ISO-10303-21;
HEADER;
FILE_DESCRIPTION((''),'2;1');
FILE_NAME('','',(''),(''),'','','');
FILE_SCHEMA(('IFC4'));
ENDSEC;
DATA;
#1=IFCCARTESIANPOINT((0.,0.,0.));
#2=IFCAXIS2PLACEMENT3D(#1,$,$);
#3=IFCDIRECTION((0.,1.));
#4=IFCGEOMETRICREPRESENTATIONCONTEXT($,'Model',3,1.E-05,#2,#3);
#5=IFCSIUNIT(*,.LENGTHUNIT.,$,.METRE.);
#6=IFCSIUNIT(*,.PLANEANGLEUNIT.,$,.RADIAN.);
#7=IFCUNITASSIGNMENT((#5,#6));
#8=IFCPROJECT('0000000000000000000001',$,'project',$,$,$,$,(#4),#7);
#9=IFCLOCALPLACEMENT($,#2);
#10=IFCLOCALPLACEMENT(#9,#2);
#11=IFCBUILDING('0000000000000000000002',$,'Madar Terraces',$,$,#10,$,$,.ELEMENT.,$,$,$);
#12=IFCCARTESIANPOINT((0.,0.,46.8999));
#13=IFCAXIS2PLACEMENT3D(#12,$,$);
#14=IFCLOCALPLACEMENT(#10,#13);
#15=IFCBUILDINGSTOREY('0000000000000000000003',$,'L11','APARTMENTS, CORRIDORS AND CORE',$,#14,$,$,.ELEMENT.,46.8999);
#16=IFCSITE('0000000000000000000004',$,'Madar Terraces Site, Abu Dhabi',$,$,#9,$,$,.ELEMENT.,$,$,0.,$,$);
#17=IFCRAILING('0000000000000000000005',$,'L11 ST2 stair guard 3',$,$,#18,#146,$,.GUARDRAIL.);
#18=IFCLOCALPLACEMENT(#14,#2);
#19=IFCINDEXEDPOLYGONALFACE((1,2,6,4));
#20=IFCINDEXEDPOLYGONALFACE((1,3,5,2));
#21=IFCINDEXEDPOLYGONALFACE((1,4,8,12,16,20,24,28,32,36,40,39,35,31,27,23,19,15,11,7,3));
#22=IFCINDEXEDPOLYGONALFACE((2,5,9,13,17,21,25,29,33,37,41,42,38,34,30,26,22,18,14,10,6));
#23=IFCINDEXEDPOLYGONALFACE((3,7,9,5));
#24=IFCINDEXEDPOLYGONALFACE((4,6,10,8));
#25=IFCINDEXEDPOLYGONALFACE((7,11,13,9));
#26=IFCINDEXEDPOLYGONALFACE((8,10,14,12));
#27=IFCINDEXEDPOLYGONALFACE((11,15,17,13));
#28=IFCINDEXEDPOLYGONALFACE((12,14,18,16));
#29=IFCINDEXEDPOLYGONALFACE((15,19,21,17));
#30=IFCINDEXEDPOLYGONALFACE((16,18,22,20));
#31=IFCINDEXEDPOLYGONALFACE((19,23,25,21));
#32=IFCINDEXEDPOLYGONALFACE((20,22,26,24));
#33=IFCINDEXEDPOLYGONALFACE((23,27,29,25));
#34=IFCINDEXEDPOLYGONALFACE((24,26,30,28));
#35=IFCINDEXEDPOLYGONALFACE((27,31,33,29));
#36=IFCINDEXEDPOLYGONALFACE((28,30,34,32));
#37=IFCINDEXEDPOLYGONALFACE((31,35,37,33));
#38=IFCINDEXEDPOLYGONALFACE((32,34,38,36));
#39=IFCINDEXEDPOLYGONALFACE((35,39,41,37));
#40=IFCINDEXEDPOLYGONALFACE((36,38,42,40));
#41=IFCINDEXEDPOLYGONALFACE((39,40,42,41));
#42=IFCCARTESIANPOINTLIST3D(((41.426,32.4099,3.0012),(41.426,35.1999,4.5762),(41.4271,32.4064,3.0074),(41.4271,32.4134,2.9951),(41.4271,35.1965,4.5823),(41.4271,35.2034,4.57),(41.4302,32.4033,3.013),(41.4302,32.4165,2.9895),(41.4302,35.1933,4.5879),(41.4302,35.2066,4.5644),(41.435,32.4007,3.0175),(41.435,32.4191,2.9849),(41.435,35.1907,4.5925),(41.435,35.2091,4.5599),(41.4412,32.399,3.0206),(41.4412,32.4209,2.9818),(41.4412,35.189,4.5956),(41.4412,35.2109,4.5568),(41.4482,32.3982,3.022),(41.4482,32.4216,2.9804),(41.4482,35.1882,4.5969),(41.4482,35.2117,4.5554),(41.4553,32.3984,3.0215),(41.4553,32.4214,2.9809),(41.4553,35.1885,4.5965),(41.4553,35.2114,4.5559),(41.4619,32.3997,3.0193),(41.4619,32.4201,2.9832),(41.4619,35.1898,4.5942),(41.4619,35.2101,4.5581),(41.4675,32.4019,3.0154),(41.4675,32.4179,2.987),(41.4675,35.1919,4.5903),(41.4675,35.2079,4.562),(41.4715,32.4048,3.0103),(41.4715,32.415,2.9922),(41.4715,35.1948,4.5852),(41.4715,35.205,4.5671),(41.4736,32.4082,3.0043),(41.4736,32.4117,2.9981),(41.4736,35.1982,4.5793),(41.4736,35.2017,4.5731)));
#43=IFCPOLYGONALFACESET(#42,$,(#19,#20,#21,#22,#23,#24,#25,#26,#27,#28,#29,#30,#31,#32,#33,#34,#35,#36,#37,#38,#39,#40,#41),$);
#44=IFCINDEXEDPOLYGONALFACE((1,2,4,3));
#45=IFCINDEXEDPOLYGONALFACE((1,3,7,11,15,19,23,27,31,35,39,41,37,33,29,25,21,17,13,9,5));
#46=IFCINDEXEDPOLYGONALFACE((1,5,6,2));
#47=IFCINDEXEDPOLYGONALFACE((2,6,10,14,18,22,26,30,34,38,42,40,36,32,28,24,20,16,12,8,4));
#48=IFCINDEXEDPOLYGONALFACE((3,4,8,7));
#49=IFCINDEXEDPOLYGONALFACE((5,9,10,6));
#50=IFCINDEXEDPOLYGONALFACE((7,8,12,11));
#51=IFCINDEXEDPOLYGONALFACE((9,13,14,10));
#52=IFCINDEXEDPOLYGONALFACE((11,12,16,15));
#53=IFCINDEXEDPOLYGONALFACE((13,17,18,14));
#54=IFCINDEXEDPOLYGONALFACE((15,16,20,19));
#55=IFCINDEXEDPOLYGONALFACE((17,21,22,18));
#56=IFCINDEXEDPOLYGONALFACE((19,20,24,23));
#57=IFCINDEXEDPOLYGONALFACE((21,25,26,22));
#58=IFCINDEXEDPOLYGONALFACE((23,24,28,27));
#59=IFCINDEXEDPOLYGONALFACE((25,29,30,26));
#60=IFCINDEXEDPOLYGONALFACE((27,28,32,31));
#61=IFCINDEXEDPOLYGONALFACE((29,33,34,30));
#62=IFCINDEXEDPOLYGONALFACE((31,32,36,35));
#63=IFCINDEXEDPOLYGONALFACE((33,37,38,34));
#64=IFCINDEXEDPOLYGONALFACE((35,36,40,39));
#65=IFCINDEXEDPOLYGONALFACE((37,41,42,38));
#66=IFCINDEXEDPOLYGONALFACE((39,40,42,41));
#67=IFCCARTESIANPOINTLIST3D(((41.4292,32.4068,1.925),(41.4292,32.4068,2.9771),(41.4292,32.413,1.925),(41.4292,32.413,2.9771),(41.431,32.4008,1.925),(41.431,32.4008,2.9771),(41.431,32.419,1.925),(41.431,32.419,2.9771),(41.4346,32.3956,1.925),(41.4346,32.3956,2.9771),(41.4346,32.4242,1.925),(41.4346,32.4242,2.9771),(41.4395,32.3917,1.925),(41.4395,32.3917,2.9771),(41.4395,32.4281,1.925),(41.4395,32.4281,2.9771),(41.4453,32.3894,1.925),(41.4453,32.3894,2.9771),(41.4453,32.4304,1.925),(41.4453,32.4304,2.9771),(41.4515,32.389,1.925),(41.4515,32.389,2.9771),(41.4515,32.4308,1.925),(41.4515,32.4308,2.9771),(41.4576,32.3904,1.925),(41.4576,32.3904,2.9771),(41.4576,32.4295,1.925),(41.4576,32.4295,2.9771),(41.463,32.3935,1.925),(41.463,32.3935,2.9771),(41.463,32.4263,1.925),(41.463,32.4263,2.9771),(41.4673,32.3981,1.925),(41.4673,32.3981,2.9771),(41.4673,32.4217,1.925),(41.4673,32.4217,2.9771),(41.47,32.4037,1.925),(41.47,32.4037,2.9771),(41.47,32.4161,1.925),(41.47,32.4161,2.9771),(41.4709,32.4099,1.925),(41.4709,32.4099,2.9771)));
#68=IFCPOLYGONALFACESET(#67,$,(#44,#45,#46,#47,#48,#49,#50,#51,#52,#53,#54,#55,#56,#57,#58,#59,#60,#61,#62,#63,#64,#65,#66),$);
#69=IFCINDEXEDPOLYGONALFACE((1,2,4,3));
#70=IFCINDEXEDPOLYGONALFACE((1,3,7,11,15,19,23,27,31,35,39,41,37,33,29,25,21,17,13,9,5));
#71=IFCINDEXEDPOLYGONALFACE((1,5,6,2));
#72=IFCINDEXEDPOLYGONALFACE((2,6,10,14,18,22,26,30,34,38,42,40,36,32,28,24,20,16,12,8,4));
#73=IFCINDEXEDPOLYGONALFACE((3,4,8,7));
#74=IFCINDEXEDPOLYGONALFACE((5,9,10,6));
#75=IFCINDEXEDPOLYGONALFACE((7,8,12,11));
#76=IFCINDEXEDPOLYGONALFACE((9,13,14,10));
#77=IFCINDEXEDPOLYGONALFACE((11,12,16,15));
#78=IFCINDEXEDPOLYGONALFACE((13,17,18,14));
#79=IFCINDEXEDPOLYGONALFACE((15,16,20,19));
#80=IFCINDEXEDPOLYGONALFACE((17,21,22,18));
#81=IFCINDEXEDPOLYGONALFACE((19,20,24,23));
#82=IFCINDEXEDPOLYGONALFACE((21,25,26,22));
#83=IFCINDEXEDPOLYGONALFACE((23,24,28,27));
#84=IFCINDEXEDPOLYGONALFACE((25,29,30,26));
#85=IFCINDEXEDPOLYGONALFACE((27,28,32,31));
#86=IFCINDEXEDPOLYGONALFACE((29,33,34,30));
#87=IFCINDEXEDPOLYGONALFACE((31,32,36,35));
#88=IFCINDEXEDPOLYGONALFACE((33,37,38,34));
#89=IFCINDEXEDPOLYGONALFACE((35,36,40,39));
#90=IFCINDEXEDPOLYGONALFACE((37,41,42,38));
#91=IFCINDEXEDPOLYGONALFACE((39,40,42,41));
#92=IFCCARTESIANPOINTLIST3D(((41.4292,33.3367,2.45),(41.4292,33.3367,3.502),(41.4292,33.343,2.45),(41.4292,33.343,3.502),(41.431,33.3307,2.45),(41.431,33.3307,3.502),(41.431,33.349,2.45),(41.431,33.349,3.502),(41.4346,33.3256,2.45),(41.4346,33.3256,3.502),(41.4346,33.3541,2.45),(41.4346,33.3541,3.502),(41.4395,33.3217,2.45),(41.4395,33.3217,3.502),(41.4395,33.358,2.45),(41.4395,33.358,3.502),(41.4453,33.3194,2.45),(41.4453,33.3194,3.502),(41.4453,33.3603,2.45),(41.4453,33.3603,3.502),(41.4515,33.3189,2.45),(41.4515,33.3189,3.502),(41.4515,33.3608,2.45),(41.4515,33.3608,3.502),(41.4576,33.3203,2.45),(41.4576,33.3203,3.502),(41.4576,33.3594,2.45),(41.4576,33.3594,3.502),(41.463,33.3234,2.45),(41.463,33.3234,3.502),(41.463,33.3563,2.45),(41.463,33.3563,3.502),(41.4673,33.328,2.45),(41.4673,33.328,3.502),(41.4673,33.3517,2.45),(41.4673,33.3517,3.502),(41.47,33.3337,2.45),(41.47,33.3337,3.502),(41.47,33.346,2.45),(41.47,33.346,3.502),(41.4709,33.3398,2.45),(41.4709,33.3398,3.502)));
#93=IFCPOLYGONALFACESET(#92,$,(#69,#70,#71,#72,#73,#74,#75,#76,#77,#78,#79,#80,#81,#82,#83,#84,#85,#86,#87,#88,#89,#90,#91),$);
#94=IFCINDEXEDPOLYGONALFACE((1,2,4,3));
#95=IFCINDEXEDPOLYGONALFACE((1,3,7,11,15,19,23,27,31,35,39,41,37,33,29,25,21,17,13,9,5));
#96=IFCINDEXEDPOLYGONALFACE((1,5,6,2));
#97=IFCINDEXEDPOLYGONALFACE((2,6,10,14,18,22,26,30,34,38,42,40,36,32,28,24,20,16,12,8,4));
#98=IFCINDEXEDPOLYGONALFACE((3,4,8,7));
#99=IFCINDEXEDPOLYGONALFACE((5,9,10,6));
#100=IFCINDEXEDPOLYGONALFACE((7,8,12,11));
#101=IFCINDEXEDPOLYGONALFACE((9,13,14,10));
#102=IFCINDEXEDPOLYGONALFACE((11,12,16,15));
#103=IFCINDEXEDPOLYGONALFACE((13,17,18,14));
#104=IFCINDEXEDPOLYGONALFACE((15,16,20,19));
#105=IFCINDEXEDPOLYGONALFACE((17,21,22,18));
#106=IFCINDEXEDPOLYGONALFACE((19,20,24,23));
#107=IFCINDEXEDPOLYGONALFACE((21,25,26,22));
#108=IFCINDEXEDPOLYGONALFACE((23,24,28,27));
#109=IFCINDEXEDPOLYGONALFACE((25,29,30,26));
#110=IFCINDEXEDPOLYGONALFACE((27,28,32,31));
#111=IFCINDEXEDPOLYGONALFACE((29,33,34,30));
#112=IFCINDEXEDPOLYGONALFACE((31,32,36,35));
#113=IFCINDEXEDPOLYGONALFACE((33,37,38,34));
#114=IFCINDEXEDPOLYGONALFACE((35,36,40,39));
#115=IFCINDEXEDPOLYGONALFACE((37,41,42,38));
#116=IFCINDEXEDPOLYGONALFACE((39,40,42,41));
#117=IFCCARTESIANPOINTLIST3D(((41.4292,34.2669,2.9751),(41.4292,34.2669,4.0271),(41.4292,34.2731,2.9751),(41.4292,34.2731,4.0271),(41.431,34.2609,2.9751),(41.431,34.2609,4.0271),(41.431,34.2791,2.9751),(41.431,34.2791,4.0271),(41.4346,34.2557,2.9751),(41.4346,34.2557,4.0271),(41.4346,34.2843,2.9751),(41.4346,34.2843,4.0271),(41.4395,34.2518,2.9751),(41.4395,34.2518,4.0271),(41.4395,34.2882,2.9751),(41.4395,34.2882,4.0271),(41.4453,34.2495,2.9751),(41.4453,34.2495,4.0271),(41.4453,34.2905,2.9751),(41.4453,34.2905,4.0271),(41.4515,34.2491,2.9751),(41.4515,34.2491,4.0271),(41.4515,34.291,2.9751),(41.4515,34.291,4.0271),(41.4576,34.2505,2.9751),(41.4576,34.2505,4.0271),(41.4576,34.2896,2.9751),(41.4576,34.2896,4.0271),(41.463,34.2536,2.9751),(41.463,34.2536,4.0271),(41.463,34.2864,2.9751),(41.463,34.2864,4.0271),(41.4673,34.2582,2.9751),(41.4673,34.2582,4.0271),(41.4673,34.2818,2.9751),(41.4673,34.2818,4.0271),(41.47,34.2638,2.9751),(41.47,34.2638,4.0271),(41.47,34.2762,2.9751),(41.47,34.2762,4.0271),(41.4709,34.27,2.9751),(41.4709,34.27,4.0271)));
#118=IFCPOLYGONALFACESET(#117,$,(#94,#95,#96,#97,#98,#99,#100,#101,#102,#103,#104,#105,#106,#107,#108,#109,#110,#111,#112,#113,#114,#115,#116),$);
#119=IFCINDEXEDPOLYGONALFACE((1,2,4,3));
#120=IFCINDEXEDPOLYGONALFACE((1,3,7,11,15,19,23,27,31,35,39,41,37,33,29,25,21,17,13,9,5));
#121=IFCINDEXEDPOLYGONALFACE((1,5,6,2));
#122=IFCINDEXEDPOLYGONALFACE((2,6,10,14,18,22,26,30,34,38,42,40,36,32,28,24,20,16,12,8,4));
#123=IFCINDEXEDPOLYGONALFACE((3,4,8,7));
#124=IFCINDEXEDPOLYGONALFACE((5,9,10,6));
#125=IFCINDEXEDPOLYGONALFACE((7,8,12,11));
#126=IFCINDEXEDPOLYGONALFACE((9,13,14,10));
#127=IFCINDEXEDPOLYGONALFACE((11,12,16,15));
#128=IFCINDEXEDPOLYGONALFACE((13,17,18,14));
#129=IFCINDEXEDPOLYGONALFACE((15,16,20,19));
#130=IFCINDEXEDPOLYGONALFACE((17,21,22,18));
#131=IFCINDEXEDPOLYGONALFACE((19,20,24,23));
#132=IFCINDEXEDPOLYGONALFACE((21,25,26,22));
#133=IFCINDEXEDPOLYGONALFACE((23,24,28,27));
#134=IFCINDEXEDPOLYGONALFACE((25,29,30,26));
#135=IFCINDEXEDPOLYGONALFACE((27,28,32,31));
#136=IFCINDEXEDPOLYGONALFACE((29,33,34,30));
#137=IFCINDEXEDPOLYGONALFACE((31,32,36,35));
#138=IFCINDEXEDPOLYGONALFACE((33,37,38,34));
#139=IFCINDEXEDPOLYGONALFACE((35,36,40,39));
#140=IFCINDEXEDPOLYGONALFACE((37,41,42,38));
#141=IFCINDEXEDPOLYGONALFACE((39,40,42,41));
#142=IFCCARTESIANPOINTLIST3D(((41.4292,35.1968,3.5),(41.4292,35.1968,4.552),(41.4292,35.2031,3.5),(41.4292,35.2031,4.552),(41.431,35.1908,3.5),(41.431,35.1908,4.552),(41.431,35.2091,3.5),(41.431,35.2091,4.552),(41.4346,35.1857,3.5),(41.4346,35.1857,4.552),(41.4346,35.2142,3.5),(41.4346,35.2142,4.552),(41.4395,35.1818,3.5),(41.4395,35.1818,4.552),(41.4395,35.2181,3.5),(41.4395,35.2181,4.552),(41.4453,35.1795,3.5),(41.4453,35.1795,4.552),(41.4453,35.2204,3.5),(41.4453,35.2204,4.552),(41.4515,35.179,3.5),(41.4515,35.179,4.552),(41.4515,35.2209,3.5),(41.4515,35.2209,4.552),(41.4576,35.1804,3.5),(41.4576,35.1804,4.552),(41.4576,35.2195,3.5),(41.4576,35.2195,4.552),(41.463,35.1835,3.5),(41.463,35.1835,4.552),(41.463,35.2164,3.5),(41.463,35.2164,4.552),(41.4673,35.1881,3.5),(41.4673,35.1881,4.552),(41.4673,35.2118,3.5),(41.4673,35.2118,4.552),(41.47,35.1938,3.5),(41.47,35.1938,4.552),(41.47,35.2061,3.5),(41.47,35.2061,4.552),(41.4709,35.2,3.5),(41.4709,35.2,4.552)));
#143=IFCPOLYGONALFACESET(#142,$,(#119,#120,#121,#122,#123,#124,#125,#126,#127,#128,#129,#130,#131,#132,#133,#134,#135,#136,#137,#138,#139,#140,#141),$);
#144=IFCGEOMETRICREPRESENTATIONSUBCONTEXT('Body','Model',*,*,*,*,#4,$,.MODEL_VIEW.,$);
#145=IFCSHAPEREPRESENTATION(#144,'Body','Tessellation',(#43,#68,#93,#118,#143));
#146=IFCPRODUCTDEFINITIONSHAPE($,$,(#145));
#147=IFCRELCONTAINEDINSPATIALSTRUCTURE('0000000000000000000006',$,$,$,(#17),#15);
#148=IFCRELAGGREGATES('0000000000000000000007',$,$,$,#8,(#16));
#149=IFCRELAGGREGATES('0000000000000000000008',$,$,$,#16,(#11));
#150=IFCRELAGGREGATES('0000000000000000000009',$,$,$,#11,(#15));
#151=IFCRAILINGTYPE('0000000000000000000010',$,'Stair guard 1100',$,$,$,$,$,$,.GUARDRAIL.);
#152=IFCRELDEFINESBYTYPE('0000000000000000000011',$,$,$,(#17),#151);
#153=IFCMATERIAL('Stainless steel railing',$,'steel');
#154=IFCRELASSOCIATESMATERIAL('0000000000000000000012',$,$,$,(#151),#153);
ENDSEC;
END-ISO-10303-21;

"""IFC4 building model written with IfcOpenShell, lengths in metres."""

from ifc_helpers import new_model, si_unit, direction, frame, origin, origin_2d, place, context, subcontext, project, spatial, circle, extrude, material, type_object, element, save


model = new_model("IFC4")

# Units and contexts
model_context = context("Model", 3, precision=1e-05, world=origin(), true_north=direction((0.0, 1.0)))
body_context = subcontext(model_context, "Body", "Model", "MODEL_VIEW")
ifc_project = project(units=[si_unit("LENGTHUNIT", "METRE"), si_unit("PLANEANGLEUNIT", "RADIAN")], contexts=[model_context])

# Site, building, storey
site_placement = place(None, origin())
site = spatial("IfcSite", under=ifc_project, at=site_placement, Name="Madar Terraces Site, Abu Dhabi", CompositionType="ELEMENT", RefElevation=0.0)
building_placement = place(site_placement, origin())
building = spatial("IfcBuilding", under=site, at=building_placement, Name="Madar Terraces", CompositionType="ELEMENT")
storey_placement = place(building_placement, frame((0.0, 0.0, 46.8999)))
storey = spatial("IfcBuildingStorey", under=building, at=storey_placement, Name="L11", Description="APARTMENTS, CORRIDORS AND CORE", CompositionType="ELEMENT", Elevation=46.8999)

# Railing
ifc_material_1 = material(Name="Stainless steel railing", Category="steel")
railing_type_1 = type_object("IfcRailingType", Name="Stair guard 1100", PredefinedType="GUARDRAIL", material=ifc_material_1)
railing_1_placement = place(storey_placement, frame((41.45, 32.4099, 1.925)))
element("IfcRailing", 1, at=railing_1_placement, inside=storey, type_object=railing_type_1, Name="L11 ST2 stair guard 3", PredefinedType="GUARDRAIL", context=body_context, shape_type="SweptSolid", body=[
    extrude(circle(Radius=0.0239, at=origin_2d()), frame((0.0, 0.0, 1.0762), z_axis=(0.0, 0.870834, 0.491578), x_axis=(-1.0, 0.0, 0.0)), (0.0, 0.0, 1.0), 3.2039),
    extrude(circle(Radius=0.021, at=origin_2d()), origin(), (0.0, 0.0, 1.0), 1.052),
    extrude(circle(Radius=0.021, at=origin_2d()), frame((0.0, 0.9299, 0.5249)), (0.0, 0.0, 1.0), 1.052),
    extrude(circle(Radius=0.021, at=origin_2d()), frame((0.0, 1.8601, 1.05)), (0.0, 0.0, 1.0), 1.052),
    extrude(circle(Radius=0.021, at=origin_2d()), frame((0.0, 2.79, 1.575)), (0.0, 0.0, 1.0), 1.052),
])

save(model, "model.ifc")
